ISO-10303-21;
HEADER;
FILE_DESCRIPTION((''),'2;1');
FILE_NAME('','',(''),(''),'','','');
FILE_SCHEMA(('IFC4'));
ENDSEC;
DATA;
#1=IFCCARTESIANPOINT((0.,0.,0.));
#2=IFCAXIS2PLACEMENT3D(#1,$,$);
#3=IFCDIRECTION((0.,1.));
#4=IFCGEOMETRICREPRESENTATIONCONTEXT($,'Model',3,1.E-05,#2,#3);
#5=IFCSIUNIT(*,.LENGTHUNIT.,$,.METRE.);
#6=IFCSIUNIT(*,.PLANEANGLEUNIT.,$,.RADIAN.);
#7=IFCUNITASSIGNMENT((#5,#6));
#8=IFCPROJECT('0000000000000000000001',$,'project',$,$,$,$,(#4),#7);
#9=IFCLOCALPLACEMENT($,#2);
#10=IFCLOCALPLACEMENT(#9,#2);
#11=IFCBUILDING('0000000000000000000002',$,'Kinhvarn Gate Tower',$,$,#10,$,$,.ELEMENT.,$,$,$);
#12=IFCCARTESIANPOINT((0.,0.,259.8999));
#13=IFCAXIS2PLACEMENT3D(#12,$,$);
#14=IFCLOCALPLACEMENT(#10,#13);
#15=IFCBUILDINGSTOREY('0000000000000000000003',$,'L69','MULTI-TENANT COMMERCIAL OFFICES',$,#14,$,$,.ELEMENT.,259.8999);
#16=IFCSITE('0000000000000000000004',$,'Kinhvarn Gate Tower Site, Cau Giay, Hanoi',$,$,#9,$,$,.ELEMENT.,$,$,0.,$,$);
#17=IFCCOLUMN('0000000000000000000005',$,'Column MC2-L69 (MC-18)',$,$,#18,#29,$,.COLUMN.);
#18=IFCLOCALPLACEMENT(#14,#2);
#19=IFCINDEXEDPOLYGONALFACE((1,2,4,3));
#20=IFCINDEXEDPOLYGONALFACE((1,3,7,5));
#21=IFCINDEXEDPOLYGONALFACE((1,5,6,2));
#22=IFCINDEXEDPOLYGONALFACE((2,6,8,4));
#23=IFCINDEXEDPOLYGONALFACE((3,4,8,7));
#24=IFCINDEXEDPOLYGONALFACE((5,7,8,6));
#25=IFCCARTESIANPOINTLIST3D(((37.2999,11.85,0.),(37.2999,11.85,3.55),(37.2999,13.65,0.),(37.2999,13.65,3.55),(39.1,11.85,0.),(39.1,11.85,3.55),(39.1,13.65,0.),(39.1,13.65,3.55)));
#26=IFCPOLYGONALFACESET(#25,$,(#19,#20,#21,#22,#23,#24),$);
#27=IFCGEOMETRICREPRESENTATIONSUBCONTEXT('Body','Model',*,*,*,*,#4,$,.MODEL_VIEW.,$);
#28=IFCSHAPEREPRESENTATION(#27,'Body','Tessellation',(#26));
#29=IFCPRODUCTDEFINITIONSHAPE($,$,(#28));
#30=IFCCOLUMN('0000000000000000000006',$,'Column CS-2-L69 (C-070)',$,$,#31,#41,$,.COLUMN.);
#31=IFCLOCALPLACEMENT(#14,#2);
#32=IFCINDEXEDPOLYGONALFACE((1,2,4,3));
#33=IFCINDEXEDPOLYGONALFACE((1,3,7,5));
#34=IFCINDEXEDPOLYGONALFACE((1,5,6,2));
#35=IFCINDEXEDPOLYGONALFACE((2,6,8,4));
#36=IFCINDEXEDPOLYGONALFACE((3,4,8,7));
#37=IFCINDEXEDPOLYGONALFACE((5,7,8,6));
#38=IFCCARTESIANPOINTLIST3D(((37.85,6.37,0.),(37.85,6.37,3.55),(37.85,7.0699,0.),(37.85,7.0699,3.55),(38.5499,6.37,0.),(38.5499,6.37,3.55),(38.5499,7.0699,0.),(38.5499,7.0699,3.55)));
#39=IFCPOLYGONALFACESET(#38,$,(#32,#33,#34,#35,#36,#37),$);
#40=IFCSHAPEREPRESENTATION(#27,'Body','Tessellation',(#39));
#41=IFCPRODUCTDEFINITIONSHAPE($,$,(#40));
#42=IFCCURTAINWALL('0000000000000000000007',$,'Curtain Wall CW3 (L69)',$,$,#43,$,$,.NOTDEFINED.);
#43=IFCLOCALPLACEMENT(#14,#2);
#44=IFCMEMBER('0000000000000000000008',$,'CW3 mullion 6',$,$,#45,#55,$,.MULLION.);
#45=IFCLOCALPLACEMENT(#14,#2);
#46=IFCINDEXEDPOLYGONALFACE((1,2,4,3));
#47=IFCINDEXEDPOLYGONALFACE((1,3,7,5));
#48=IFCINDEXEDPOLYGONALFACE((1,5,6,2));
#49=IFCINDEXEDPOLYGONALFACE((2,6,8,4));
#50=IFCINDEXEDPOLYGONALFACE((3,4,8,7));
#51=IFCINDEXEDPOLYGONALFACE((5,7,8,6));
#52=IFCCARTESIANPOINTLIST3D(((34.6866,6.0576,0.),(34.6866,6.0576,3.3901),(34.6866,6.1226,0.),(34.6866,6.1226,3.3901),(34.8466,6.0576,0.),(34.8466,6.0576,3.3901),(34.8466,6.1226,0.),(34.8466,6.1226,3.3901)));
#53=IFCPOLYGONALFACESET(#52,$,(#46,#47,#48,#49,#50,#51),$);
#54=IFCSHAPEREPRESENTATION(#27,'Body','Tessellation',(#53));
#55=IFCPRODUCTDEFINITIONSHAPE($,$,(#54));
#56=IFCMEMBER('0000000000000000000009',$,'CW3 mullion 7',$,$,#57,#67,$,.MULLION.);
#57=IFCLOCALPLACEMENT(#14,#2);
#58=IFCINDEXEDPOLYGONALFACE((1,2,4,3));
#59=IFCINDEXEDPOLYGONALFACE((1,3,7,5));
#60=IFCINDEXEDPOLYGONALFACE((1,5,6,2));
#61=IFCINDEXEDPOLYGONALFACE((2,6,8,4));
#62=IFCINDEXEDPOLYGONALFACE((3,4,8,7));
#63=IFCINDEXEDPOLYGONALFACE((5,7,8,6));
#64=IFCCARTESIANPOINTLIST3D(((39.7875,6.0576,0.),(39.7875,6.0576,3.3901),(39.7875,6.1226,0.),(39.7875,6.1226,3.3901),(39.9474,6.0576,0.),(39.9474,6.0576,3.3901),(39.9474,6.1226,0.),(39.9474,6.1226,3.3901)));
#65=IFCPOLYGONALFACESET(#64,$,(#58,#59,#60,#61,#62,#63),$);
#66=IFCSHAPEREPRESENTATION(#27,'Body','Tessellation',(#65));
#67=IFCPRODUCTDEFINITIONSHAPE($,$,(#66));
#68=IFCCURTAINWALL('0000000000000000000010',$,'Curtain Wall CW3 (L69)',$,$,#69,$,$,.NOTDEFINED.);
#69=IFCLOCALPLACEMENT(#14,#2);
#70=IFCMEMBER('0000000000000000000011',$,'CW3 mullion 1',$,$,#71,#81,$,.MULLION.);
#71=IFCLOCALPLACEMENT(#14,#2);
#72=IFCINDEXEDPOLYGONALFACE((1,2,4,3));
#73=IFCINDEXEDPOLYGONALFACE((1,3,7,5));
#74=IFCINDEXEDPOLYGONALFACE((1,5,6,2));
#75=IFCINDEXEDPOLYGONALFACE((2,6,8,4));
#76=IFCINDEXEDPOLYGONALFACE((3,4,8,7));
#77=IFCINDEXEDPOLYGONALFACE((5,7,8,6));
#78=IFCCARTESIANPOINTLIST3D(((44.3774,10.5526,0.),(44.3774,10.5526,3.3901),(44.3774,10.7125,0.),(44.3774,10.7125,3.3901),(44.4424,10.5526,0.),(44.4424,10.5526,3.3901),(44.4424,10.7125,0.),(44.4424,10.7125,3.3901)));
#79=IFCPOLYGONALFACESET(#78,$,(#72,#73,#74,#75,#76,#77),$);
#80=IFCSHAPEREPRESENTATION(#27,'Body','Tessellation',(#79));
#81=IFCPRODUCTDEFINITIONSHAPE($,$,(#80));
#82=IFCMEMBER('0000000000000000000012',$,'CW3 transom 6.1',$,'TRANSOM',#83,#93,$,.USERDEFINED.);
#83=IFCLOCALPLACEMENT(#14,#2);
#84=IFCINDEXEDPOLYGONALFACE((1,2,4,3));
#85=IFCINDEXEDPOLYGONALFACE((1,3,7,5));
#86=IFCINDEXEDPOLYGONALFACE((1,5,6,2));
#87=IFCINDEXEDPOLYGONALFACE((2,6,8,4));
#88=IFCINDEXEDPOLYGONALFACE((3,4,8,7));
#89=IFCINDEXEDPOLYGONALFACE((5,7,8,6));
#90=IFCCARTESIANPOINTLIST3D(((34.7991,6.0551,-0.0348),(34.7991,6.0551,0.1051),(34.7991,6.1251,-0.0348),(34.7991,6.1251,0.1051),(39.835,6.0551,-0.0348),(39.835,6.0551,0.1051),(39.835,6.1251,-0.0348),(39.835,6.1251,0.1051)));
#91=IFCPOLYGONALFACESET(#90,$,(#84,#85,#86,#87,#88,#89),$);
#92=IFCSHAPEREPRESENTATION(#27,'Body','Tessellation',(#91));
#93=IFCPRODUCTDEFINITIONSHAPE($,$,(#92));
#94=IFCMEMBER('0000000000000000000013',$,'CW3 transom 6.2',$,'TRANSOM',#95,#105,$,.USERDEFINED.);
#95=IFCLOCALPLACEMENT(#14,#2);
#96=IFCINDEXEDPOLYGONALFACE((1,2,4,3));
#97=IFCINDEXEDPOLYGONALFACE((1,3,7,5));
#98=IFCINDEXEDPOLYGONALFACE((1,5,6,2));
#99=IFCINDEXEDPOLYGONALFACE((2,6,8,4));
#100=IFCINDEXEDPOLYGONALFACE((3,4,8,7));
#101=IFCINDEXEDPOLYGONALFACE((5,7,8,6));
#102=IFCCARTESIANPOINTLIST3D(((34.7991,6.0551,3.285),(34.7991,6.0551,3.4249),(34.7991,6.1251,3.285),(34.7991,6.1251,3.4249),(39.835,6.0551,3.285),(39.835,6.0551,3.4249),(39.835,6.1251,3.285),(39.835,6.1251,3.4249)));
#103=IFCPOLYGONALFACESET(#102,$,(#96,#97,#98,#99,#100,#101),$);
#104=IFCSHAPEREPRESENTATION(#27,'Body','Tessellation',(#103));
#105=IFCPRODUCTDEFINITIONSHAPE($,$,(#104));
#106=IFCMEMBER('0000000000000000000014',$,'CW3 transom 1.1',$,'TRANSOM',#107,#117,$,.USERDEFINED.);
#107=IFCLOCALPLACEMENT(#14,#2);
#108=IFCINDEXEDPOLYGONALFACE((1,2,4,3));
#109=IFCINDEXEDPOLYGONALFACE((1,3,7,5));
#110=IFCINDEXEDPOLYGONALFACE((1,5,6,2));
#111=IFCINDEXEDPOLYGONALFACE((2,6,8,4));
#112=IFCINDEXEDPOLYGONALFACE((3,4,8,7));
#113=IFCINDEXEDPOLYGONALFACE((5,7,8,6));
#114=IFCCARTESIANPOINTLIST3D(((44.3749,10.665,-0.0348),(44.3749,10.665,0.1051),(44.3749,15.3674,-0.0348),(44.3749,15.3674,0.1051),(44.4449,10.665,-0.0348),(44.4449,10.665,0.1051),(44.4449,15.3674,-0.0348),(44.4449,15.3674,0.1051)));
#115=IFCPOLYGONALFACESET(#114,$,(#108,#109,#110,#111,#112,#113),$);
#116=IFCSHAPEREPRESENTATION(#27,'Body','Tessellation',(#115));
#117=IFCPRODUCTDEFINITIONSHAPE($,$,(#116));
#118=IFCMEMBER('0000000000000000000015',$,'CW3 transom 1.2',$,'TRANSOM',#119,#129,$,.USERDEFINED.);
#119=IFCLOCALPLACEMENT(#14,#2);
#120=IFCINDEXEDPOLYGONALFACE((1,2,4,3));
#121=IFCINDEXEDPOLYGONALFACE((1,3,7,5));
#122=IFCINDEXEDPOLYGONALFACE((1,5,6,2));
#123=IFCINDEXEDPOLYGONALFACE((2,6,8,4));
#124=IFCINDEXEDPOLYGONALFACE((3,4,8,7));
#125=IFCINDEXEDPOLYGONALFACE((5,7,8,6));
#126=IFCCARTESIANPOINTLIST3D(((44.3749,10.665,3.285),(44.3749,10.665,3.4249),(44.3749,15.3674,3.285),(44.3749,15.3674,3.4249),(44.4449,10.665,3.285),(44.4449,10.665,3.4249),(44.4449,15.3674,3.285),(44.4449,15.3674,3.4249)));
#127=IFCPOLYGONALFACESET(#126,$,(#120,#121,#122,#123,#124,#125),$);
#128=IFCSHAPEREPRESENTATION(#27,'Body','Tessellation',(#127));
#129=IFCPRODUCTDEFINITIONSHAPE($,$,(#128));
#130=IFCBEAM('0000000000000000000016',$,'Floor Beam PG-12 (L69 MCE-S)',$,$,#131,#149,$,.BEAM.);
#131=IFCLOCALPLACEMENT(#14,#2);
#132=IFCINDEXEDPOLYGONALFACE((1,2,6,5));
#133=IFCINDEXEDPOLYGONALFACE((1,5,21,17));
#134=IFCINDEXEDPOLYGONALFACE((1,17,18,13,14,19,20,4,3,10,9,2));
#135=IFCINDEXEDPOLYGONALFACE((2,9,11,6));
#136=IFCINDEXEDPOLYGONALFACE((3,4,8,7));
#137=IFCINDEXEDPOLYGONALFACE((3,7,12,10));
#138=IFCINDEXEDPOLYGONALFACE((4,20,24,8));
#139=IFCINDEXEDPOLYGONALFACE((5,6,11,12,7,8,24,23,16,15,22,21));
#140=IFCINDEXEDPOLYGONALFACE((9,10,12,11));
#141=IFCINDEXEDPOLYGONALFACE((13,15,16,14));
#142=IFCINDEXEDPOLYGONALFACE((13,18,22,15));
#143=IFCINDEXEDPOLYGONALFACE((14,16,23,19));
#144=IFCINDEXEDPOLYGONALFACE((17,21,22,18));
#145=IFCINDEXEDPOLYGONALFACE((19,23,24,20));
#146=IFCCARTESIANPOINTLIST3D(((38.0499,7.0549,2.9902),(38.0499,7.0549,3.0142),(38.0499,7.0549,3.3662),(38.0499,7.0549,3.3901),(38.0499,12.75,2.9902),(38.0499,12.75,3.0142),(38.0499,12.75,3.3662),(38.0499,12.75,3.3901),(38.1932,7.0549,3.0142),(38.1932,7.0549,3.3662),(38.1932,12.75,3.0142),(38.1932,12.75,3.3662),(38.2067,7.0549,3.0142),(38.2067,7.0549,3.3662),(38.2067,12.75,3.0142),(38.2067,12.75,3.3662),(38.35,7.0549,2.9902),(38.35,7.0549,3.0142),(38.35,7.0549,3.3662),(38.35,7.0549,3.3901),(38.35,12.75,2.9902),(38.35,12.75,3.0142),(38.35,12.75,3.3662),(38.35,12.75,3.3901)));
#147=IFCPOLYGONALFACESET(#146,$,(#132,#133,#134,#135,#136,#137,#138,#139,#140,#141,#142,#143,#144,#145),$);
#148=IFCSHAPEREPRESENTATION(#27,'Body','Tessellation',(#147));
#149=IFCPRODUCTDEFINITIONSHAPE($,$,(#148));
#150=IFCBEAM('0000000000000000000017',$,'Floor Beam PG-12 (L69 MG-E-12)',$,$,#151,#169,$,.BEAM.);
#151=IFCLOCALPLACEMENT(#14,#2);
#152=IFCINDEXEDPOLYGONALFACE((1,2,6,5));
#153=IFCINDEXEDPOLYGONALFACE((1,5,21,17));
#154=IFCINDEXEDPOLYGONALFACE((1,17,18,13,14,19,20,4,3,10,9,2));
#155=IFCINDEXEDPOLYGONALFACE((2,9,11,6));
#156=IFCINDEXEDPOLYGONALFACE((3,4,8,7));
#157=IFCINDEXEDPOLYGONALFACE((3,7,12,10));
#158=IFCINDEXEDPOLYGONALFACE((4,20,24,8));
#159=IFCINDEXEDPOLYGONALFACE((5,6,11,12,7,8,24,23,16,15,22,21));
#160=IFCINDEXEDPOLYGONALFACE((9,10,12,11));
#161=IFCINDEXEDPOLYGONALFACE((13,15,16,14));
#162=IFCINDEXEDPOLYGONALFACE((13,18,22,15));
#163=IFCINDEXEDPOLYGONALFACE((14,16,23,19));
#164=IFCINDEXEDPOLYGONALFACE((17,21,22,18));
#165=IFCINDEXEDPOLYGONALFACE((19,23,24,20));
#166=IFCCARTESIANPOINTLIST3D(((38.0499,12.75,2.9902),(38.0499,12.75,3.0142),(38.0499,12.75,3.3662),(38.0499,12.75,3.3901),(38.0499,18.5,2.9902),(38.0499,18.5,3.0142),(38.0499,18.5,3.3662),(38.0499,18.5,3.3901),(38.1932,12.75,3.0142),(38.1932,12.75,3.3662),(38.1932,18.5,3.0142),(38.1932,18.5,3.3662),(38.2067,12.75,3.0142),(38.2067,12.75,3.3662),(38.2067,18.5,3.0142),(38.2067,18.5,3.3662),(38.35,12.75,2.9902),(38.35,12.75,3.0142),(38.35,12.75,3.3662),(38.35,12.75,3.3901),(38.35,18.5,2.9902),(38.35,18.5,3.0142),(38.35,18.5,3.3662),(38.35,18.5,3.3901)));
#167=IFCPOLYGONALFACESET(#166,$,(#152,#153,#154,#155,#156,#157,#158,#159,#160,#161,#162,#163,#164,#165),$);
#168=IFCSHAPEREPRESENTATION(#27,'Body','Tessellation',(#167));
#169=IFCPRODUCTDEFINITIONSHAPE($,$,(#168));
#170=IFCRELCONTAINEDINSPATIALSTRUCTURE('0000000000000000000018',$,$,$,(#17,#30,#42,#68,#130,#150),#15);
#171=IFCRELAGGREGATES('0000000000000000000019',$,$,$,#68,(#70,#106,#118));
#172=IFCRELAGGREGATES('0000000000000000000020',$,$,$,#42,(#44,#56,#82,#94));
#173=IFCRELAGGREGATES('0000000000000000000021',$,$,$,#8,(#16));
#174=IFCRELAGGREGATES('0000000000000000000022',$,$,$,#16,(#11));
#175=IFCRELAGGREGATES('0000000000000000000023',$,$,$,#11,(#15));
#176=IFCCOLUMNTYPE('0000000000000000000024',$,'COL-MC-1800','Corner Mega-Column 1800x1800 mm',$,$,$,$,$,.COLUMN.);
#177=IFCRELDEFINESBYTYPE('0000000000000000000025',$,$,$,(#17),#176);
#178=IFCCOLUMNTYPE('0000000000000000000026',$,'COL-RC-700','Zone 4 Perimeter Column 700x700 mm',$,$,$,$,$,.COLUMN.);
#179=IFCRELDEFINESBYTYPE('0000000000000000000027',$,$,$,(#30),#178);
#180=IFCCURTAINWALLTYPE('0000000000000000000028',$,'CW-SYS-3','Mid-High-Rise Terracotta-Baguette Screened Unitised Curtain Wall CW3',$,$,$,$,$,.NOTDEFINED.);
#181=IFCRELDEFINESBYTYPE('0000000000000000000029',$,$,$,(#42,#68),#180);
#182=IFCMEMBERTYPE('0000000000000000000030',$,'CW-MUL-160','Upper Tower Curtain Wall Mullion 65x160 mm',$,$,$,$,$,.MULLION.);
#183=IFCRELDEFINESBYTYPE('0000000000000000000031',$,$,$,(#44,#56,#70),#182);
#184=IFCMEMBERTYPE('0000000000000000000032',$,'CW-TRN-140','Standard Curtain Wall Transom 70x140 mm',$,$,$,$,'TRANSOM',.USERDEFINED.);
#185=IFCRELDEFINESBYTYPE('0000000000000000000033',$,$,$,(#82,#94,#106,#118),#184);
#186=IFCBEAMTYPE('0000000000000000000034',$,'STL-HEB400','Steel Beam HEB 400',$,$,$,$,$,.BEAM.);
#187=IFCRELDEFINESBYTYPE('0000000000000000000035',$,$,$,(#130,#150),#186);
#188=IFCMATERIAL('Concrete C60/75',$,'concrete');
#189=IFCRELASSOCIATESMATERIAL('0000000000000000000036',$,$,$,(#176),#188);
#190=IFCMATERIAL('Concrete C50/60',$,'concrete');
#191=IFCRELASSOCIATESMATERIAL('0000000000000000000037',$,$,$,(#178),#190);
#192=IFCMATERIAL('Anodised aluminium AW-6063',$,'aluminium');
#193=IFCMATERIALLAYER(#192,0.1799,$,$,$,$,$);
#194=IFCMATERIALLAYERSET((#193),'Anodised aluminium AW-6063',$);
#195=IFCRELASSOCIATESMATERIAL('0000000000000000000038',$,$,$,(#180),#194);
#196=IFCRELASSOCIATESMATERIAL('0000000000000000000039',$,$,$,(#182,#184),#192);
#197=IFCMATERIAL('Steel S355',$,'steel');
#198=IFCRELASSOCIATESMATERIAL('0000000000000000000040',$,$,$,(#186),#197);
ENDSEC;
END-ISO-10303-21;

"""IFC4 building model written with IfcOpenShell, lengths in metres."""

from ifc_helpers import new_model, si_unit, direction, frame, origin, origin_2d, place, context, subcontext, project, spatial, rectangle, i_section, extrude, material, layer, layer_set, material_profile, profile_set, type_object, element, aggregate, save


model = new_model("IFC4")

# Units and contexts
model_context = context("Model", 3, precision=1e-05, world=origin(), true_north=direction((0.0, 1.0)))
body_context = subcontext(model_context, "Body", "Model", "MODEL_VIEW")
ifc_project = project(units=[si_unit("LENGTHUNIT", "METRE"), si_unit("PLANEANGLEUNIT", "RADIAN")], contexts=[model_context])

# Site, building, storey
site_placement = place(None, origin())
site = spatial("IfcSite", under=ifc_project, at=site_placement, Name="Kinhvarn Gate Tower Site, Cau Giay, Hanoi", CompositionType="ELEMENT", RefElevation=0.0)
building_placement = place(site_placement, origin())
building = spatial("IfcBuilding", under=site, at=building_placement, Name="Kinhvarn Gate Tower", CompositionType="ELEMENT")
storey_placement = place(building_placement, frame((0.0, 0.0, 259.8999)))
storey = spatial("IfcBuildingStorey", under=building, at=storey_placement, Name="L69", Description="MULTI-TENANT COMMERCIAL OFFICES", CompositionType="ELEMENT", Elevation=259.8999)

# Columns
ifc_material_1 = material(Name="Concrete C60/75", Category="concrete")
ifc_material_profile_1 = material_profile(ifc_material_1, rectangle(XDim=1.8, YDim=1.8, at=origin_2d()), Name="RC 1800x1800")
ifc_profile_set_1 = profile_set([ifc_material_profile_1], Name="Concrete C60/75")
column_type_1 = type_object("IfcColumnType", Name="COL-MC-1800", Description="Corner Mega-Column 1800x1800 mm", PredefinedType="COLUMN", material=ifc_profile_set_1)
column_1_placement = place(storey_placement, frame((38.2, 12.75, 0.0), z_axis=(0.0, 0.0, 1.0), x_axis=(1.0, 0.0, 0.0)))
element("IfcColumn", 1, at=column_1_placement, inside=storey, type_object=column_type_1, Name="Column MC2-L69 (MC-18)", PredefinedType="COLUMN", context=body_context, shape_type="SweptSolid", body=[
    extrude(rectangle(XDim=1.8, YDim=1.8, at=origin_2d()), origin(), (0.0, 0.0, 1.0), 3.55),
])
ifc_material_2 = material(Name="Concrete C50/60", Category="concrete")
ifc_material_profile_2 = material_profile(ifc_material_2, rectangle(XDim=0.7, YDim=0.7, at=origin_2d()), Name="RC 700x700")
ifc_profile_set_2 = profile_set([ifc_material_profile_2], Name="Concrete C50/60")
column_type_2 = type_object("IfcColumnType", Name="COL-RC-700", Description="Zone 4 Perimeter Column 700x700 mm", PredefinedType="COLUMN", material=ifc_profile_set_2)
column_2_placement = place(storey_placement, frame((38.2, 6.72, 0.0), z_axis=(0.0, 0.0, 1.0), x_axis=(1.0, 0.0, 0.0)))
element("IfcColumn", 2, at=column_2_placement, inside=storey, type_object=column_type_2, Name="Column CS-2-L69 (C-070)", PredefinedType="COLUMN", context=body_context, shape_type="SweptSolid", body=[
    extrude(rectangle(XDim=0.7, YDim=0.7, at=origin_2d()), origin(), (0.0, 0.0, 1.0), 3.55),
])

# Curtain wall, members
ifc_material_3 = material(Name="Anodised aluminium AW-6063", Category="aluminium")
ifc_layer_1 = layer(ifc_material_3, 0.1799)
ifc_layer_set_1 = layer_set([ifc_layer_1], Name="Anodised aluminium AW-6063")
curtain_wall_type = type_object("IfcCurtainWallType", Name="CW-SYS-3", Description="Mid-High-Rise Terracotta-Baguette Screened Unitised Curtain Wall CW3", PredefinedType="NOTDEFINED", material=ifc_layer_set_1)
curtain_wall_1_placement = place(storey_placement, origin())
curtain_wall_1 = element("IfcCurtainWall", 3, at=curtain_wall_1_placement, inside=storey, type_object=curtain_wall_type, Name="Curtain Wall CW3 (L69)", PredefinedType="NOTDEFINED")
ifc_material_profile_3 = material_profile(ifc_material_3, rectangle(XDim=0.0649, YDim=0.1599, at=origin_2d()), Name="ALU 65x160")
ifc_profile_set_3 = profile_set([ifc_material_profile_3], Name="Anodised aluminium AW-6063")
member_type_1 = type_object("IfcMemberType", Name="CW-MUL-160", Description="Upper Tower Curtain Wall Mullion 65x160 mm", PredefinedType="MULLION", material=ifc_profile_set_3)
member_1_placement = place(storey_placement, frame((34.7666, 6.0901, 0.0), z_axis=(0.0, 0.0, 1.0), x_axis=(0.0, 1.0, 0.0)))
member_1 = element("IfcMember", 4, at=member_1_placement, type_object=member_type_1, Name="CW3 mullion 6", PredefinedType="MULLION", context=body_context, shape_type="SweptSolid", body=[
    extrude(rectangle(XDim=0.0649, YDim=0.1599, at=origin_2d()), origin(), (0.0, 0.0, 1.0), 3.3901),
])
member_2_placement = place(storey_placement, frame((39.8674, 6.0901, 0.0), z_axis=(0.0, 0.0, 1.0), x_axis=(0.0, 1.0, 0.0)))
member_2 = element("IfcMember", 5, at=member_2_placement, type_object=member_type_1, Name="CW3 mullion 7", PredefinedType="MULLION", context=body_context, shape_type="SweptSolid", body=[
    extrude(rectangle(XDim=0.0649, YDim=0.1599, at=origin_2d()), origin(), (0.0, 0.0, 1.0), 3.3901),
])

# Curtain wall, member
curtain_wall_2_placement = place(storey_placement, origin())
curtain_wall_2 = element("IfcCurtainWall", 6, at=curtain_wall_2_placement, inside=storey, type_object=curtain_wall_type, Name="Curtain Wall CW3 (L69)", PredefinedType="NOTDEFINED")
member_3_placement = place(storey_placement, frame((44.4099, 10.6326, 0.0), z_axis=(0.0, 0.0, 1.0), x_axis=(-1.0, 0.0, 0.0)))
member_3 = element("IfcMember", 7, at=member_3_placement, type_object=member_type_1, Name="CW3 mullion 1", PredefinedType="MULLION", context=body_context, shape_type="SweptSolid", body=[
    extrude(rectangle(XDim=0.0649, YDim=0.1599, at=origin_2d()), origin(), (0.0, 0.0, 1.0), 3.3901),
])

# Members
ifc_material_profile_4 = material_profile(ifc_material_3, rectangle(XDim=0.0701, YDim=0.1399, at=origin_2d()), Name="ALU 70x140")
ifc_profile_set_4 = profile_set([ifc_material_profile_4], Name="Anodised aluminium AW-6063")
member_type_2 = type_object("IfcMemberType", Name="CW-TRN-140", Description="Standard Curtain Wall Transom 70x140 mm", ElementType="TRANSOM", PredefinedType="USERDEFINED", material=ifc_profile_set_4)
member_4_placement = place(storey_placement, frame((34.7991, 6.0901, 0.0352), z_axis=(1.0, 0.0, 0.0), x_axis=(0.0, 1.0, 0.0)))
member_4 = element("IfcMember", 8, at=member_4_placement, type_object=member_type_2, Name="CW3 transom 6.1", ObjectType="TRANSOM", PredefinedType="USERDEFINED", context=body_context, shape_type="SweptSolid", body=[
    extrude(rectangle(XDim=0.0701, YDim=0.1399, at=origin_2d()), origin(), (0.0, 0.0, 1.0), 5.0359),
])
member_5_placement = place(storey_placement, frame((34.7991, 6.0901, 3.355), z_axis=(1.0, 0.0, 0.0), x_axis=(0.0, 1.0, 0.0)))
member_5 = element("IfcMember", 9, at=member_5_placement, type_object=member_type_2, Name="CW3 transom 6.2", ObjectType="TRANSOM", PredefinedType="USERDEFINED", context=body_context, shape_type="SweptSolid", body=[
    extrude(rectangle(XDim=0.0701, YDim=0.1399, at=origin_2d()), origin(), (0.0, 0.0, 1.0), 5.0359),
])
member_6_placement = place(storey_placement, frame((44.4099, 10.665, 0.0352), z_axis=(0.0, 1.0, 0.0), x_axis=(-1.0, 0.0, 0.0)))
member_6 = element("IfcMember", 10, at=member_6_placement, type_object=member_type_2, Name="CW3 transom 1.1", ObjectType="TRANSOM", PredefinedType="USERDEFINED", context=body_context, shape_type="SweptSolid", body=[
    extrude(rectangle(XDim=0.0701, YDim=0.1399, at=origin_2d()), origin(), (0.0, 0.0, 1.0), 4.7024),
])
member_7_placement = place(storey_placement, frame((44.4099, 10.665, 3.355), z_axis=(0.0, 1.0, 0.0), x_axis=(-1.0, 0.0, 0.0)))
member_7 = element("IfcMember", 11, at=member_7_placement, type_object=member_type_2, Name="CW3 transom 1.2", ObjectType="TRANSOM", PredefinedType="USERDEFINED", context=body_context, shape_type="SweptSolid", body=[
    extrude(rectangle(XDim=0.0701, YDim=0.1399, at=origin_2d()), origin(), (0.0, 0.0, 1.0), 4.7024),
])
aggregate(curtain_wall_2, [member_3, member_6, member_7])

# Beams
ifc_material_4 = material(Name="Steel S355", Category="steel")
ifc_material_profile_5 = material_profile(ifc_material_4, i_section(OverallWidth=0.3, OverallDepth=0.3999, WebThickness=0.0134, FlangeThickness=0.0239, at=origin_2d()), Name="HEB 400")
ifc_profile_set_5 = profile_set([ifc_material_profile_5], Name="Steel S355")
beam_type_1 = type_object("IfcBeamType", Name="STL-HEB400", Description="Steel Beam HEB 400", PredefinedType="BEAM", material=ifc_profile_set_5)
beam_1_placement = place(storey_placement, frame((38.2, 7.0549, 3.1902), z_axis=(0.0, 1.0, 0.0), x_axis=(-1.0, 0.0, 0.0)))
element("IfcBeam", 12, at=beam_1_placement, inside=storey, type_object=beam_type_1, Name="Floor Beam PG-12 (L69 MCE-S)", PredefinedType="BEAM", context=body_context, shape_type="SweptSolid", body=[
    extrude(i_section(OverallWidth=0.3, OverallDepth=0.3999, WebThickness=0.0134, FlangeThickness=0.0239, at=origin_2d()), origin(), (0.0, 0.0, 1.0), 5.6951),
])
beam_2_placement = place(storey_placement, frame((38.2, 12.75, 3.1902), z_axis=(0.0, 1.0, 0.0), x_axis=(-1.0, 0.0, 0.0)))
element("IfcBeam", 13, at=beam_2_placement, inside=storey, type_object=beam_type_1, Name="Floor Beam PG-12 (L69 MG-E-12)", PredefinedType="BEAM", context=body_context, shape_type="SweptSolid", body=[
    extrude(i_section(OverallWidth=0.3, OverallDepth=0.3999, WebThickness=0.0134, FlangeThickness=0.0239, at=origin_2d()), origin(), (0.0, 0.0, 1.0), 5.75),
])

aggregate(curtain_wall_1, [member_1, member_2, member_4, member_5])

save(model, "model.ifc")
